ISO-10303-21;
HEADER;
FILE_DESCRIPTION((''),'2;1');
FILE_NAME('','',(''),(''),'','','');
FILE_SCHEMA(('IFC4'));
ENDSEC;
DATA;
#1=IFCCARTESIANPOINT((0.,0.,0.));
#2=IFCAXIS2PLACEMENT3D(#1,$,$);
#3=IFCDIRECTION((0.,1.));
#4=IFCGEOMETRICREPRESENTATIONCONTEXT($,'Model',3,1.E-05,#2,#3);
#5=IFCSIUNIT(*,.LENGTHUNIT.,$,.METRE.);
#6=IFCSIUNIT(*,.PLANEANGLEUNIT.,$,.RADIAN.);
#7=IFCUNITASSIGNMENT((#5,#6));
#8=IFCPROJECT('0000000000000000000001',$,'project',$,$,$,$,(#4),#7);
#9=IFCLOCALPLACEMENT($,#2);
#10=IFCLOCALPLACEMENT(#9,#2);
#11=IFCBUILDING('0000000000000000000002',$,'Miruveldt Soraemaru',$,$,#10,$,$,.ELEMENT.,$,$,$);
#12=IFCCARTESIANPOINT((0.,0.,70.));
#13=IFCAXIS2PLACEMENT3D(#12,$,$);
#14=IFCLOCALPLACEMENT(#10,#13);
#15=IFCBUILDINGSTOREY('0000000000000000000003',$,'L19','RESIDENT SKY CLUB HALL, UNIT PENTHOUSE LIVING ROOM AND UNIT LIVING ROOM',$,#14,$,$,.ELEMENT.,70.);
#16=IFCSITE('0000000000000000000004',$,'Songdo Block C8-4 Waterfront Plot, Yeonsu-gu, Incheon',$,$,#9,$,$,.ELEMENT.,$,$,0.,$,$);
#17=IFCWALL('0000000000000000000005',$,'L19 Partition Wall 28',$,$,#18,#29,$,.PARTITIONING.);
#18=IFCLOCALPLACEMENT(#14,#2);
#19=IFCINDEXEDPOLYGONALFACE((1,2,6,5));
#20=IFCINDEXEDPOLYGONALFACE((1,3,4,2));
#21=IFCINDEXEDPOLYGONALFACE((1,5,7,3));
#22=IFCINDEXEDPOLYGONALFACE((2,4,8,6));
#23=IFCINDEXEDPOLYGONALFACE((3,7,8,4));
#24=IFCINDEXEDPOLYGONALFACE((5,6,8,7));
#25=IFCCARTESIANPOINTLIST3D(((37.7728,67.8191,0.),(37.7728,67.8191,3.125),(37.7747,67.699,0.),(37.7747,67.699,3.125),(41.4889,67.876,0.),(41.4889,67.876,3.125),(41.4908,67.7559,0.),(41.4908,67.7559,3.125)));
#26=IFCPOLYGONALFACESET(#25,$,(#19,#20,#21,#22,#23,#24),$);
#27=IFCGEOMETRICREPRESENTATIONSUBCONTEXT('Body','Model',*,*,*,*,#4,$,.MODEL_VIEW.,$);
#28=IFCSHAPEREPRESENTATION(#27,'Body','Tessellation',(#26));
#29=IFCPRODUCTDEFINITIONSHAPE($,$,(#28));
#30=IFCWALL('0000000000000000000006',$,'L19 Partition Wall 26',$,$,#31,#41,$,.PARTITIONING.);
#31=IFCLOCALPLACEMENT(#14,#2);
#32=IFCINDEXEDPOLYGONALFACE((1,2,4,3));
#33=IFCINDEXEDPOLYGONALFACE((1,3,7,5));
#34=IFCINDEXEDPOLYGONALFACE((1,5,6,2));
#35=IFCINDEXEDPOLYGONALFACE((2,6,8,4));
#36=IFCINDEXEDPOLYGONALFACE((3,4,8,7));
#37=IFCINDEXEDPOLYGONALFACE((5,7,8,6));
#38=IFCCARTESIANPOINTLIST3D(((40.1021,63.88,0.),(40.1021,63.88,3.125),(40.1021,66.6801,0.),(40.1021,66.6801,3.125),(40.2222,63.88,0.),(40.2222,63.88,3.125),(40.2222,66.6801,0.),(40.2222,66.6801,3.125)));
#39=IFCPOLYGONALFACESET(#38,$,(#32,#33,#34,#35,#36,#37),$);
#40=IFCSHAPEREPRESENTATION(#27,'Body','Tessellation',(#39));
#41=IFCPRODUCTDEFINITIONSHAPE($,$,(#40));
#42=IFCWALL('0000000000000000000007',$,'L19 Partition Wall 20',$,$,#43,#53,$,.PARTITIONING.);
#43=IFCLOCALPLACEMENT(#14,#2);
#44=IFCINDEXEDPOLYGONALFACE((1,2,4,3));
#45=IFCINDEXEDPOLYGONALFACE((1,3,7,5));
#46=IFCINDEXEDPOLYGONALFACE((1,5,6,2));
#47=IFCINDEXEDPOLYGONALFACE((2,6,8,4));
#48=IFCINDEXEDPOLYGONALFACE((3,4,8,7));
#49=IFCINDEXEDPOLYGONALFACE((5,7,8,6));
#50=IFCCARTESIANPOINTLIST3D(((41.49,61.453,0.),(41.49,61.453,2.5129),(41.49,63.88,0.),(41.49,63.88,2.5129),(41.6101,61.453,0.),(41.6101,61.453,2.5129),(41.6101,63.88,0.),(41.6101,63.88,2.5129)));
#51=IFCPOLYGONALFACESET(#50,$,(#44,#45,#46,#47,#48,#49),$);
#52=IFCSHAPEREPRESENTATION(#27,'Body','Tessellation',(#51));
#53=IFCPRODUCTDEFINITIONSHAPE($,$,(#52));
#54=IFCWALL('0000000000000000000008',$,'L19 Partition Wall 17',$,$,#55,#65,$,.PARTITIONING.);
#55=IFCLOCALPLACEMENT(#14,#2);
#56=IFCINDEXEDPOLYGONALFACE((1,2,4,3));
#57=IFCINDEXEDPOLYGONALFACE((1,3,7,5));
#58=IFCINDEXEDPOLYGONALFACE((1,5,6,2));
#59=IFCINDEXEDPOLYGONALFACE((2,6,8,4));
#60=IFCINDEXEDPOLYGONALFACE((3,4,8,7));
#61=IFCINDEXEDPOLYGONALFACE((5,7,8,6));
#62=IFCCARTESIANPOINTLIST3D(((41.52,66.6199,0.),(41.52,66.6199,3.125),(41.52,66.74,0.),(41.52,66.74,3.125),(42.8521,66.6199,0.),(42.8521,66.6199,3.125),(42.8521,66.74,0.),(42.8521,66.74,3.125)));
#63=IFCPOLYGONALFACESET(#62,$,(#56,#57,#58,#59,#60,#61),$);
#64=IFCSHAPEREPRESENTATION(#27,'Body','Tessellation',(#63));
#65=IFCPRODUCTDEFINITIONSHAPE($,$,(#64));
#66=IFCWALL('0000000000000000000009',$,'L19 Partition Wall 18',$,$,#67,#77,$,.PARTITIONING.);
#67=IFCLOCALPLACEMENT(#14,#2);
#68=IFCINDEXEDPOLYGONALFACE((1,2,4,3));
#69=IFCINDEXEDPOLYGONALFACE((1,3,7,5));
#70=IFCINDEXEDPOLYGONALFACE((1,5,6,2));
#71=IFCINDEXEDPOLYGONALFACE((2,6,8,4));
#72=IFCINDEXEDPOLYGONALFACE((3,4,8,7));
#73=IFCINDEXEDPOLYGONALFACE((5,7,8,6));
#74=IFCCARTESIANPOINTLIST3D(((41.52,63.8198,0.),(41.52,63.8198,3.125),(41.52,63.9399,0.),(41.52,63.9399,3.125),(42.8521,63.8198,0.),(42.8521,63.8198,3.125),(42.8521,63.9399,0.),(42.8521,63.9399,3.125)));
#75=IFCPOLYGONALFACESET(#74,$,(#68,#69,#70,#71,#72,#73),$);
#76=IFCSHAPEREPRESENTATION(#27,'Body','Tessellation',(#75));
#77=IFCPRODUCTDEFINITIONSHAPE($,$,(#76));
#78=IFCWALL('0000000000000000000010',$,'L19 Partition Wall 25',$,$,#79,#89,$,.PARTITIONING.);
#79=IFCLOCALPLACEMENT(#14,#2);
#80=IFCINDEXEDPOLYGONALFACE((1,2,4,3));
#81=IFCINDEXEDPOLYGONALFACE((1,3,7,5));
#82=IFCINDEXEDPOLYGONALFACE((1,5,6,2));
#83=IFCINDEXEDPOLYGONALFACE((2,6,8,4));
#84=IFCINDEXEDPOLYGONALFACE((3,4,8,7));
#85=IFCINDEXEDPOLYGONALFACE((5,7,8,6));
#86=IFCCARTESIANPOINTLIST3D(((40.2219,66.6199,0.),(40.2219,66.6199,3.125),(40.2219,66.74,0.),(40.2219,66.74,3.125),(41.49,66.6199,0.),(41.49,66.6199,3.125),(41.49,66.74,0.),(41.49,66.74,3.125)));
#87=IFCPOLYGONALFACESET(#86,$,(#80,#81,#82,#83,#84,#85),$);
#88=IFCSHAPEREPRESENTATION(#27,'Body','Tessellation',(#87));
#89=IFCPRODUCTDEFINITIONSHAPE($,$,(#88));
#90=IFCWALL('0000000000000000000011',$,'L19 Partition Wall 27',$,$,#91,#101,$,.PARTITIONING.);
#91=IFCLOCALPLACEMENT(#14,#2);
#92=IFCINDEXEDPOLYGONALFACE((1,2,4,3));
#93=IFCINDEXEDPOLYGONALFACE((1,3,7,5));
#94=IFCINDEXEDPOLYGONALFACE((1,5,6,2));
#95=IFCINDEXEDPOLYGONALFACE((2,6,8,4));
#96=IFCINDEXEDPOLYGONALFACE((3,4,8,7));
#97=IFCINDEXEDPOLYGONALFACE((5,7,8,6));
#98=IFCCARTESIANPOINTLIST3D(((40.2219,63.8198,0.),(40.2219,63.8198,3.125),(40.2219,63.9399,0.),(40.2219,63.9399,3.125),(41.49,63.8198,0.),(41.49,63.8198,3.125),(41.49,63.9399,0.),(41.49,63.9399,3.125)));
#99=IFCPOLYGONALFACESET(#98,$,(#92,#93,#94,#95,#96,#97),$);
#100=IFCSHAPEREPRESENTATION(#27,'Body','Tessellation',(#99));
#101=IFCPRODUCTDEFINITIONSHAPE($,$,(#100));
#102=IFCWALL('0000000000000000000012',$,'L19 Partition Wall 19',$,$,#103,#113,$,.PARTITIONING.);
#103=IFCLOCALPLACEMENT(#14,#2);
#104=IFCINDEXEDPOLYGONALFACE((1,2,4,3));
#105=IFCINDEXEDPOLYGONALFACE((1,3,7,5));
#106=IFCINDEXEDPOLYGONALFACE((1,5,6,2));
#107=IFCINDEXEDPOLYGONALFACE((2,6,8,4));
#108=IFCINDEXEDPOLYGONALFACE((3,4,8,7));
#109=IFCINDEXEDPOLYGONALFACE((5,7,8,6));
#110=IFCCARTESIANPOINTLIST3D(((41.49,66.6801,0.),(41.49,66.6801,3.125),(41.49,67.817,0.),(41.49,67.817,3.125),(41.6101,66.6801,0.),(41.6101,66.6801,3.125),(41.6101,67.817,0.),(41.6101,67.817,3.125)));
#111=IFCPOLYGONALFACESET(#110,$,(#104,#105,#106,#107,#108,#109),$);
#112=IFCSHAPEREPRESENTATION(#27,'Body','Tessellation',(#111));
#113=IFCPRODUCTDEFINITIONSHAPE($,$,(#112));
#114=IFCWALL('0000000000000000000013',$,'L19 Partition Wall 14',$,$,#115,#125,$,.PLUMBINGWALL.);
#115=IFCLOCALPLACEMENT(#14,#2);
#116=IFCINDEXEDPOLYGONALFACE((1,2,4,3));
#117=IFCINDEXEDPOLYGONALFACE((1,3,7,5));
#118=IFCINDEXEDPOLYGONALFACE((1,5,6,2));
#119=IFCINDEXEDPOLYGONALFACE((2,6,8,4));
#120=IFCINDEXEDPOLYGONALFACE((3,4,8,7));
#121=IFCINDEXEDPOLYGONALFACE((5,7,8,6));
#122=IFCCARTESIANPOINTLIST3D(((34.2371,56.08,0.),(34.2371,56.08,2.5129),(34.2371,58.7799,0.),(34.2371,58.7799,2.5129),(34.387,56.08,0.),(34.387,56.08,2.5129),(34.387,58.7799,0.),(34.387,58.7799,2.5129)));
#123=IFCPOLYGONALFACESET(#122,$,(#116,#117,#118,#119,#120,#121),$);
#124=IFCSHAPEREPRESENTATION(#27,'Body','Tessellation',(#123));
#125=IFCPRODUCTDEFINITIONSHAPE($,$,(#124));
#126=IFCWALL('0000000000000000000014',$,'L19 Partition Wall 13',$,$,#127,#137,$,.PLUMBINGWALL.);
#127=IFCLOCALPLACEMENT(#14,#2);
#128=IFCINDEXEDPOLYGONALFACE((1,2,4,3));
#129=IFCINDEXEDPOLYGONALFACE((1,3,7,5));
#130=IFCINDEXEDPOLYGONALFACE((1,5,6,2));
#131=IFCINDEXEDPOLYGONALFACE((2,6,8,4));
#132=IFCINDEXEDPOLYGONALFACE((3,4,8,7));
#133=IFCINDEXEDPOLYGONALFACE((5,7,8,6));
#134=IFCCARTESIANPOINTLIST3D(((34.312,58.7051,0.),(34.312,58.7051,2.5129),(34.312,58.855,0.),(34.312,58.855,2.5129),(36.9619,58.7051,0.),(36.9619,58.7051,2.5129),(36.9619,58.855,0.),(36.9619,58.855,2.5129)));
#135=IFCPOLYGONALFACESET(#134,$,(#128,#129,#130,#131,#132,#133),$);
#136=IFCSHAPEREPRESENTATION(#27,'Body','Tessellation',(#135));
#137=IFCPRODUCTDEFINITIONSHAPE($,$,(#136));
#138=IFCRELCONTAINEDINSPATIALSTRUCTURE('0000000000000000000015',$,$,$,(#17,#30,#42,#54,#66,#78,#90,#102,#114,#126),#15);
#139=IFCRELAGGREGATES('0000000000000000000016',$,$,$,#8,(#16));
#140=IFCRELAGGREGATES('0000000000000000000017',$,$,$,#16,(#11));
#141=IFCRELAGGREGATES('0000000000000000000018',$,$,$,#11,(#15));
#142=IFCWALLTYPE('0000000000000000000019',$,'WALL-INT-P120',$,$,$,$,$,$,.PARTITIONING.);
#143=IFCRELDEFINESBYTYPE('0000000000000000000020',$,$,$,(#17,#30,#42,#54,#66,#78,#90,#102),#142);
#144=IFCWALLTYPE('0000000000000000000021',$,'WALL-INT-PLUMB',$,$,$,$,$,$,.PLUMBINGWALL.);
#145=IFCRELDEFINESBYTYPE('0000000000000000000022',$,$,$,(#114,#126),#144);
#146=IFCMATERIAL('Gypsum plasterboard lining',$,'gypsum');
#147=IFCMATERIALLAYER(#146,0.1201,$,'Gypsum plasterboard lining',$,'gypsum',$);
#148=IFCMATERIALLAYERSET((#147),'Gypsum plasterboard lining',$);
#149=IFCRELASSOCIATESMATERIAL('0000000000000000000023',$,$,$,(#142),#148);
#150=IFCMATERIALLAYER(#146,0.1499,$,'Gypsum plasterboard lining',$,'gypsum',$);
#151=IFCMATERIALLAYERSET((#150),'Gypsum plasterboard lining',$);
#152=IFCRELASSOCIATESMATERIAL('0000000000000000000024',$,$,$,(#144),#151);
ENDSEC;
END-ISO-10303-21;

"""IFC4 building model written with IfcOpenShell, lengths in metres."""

from ifc_helpers import new_model, si_unit, direction, frame, frame_2d, origin, place, context, subcontext, project, spatial, rectangle, extrude, material, layer, layer_set, type_object, element, save


model = new_model("IFC4")

# Units and contexts
model_context = context("Model", 3, precision=1e-05, world=origin(), true_north=direction((0.0, 1.0)))
body_context = subcontext(model_context, "Body", "Model", "MODEL_VIEW")
ifc_project = project(units=[si_unit("LENGTHUNIT", "METRE"), si_unit("PLANEANGLEUNIT", "RADIAN")], contexts=[model_context])

# Site, building, storey
site_placement = place(None, origin())
site = spatial("IfcSite", under=ifc_project, at=site_placement, Name="Songdo Block C8-4 Waterfront Plot, Yeonsu-gu, Incheon", CompositionType="ELEMENT", RefElevation=0.0)
building_placement = place(site_placement, origin())
building = spatial("IfcBuilding", under=site, at=building_placement, Name="Miruveldt Soraemaru", CompositionType="ELEMENT")
storey_placement = place(building_placement, frame((0.0, 0.0, 70.0)))
storey = spatial("IfcBuildingStorey", under=building, at=storey_placement, Name="L19", Description="RESIDENT SKY CLUB HALL, UNIT PENTHOUSE LIVING ROOM AND UNIT LIVING ROOM", CompositionType="ELEMENT", Elevation=70.0)

# Shared definitions
ifc_material_1 = material(Name="Gypsum plasterboard lining", Category="gypsum")
ifc_layer_1 = layer(ifc_material_1, 0.1201, Name="Gypsum plasterboard lining", Category="gypsum")
ifc_layer_set_1 = layer_set([ifc_layer_1], Name="Gypsum plasterboard lining")
wall_type_1 = type_object("IfcWallType", Name="WALL-INT-P120", PredefinedType="PARTITIONING", material=ifc_layer_set_1)

# Walls
wall_1_placement = place(storey_placement, frame((41.49, 67.8159, 0.0), z_axis=(0.0, 0.0, 1.0), x_axis=(-0.999883, -0.015306, 0.0)))
element("IfcWall", 1, at=wall_1_placement, inside=storey, type_object=wall_type_1, Name="L19 Partition Wall 28", PredefinedType="PARTITIONING", context=body_context, shape_type="SweptSolid", body=[
    extrude(rectangle(XDim=3.7166, YDim=0.1201, at=frame_2d((1.8584, 0.0))), origin(), (0.0, 0.0, 1.0), 3.125),
])
wall_2_placement = place(storey_placement, frame((40.1621, 66.6799, 0.0), z_axis=(0.0, 0.0, 1.0), x_axis=(0.0, -1.0, 0.0)))
element("IfcWall", 2, at=wall_2_placement, inside=storey, type_object=wall_type_1, Name="L19 Partition Wall 26", PredefinedType="PARTITIONING", context=body_context, shape_type="SweptSolid", body=[
    extrude(rectangle(XDim=2.8, YDim=0.1201, at=frame_2d((1.3999, 0.0))), origin(), (0.0, 0.0, 1.0), 3.125),
])
wall_3_placement = place(storey_placement, frame((41.55, 63.8799, 0.0), z_axis=(0.0, 0.0, 1.0), x_axis=(0.0, -1.0, 0.0)))
element("IfcWall", 3, at=wall_3_placement, inside=storey, type_object=wall_type_1, Name="L19 Partition Wall 20", PredefinedType="PARTITIONING", context=body_context, shape_type="SweptSolid", body=[
    extrude(rectangle(XDim=2.427, YDim=0.1201, at=frame_2d((1.2134, 0.0))), origin(), (0.0, 0.0, 1.0), 2.5129),
])
for number, where, z_axis, x_axis, name in (
    (4, (42.8521, 66.6799, 0.0), (0.0, 0.0, 1.0), (-1.0, 0.0, 0.0), "L19 Partition Wall 17"),
    (5, (41.52, 63.8799, 0.0), (0.0, 0.0, 1.0), (1.0, 0.0, 0.0), "L19 Partition Wall 18"),
):
    element("IfcWall", number, at=place(storey_placement, frame(where, z_axis=z_axis, x_axis=x_axis)), inside=storey, type_object=wall_type_1, Name=name, PredefinedType="PARTITIONING", context=body_context, shape_type="SweptSolid", body=[
        extrude(rectangle(XDim=1.332, YDim=0.1201, at=frame_2d((0.666, 0.0))), origin(), (0.0, 0.0, 1.0), 3.125),
    ])
for number, where, z_axis, x_axis, name in (
    (6, (41.49, 66.6799, 0.0), (0.0, 0.0, 1.0), (-1.0, 0.0, 0.0), "L19 Partition Wall 25"),
    (7, (40.2219, 63.8799, 0.0), (0.0, 0.0, 1.0), (1.0, 0.0, 0.0), "L19 Partition Wall 27"),
):
    element("IfcWall", number, at=place(storey_placement, frame(where, z_axis=z_axis, x_axis=x_axis)), inside=storey, type_object=wall_type_1, Name=name, PredefinedType="PARTITIONING", context=body_context, shape_type="SweptSolid", body=[
        extrude(rectangle(XDim=1.2681, YDim=0.1201, at=frame_2d((0.634, 0.0))), origin(), (0.0, 0.0, 1.0), 3.125),
    ])
wall_4_placement = place(storey_placement, frame((41.55, 67.8169, 0.0), z_axis=(0.0, 0.0, 1.0), x_axis=(0.0, -1.0, 0.0)))
element("IfcWall", 8, at=wall_4_placement, inside=storey, type_object=wall_type_1, Name="L19 Partition Wall 19", PredefinedType="PARTITIONING", context=body_context, shape_type="SweptSolid", body=[
    extrude(rectangle(XDim=1.137, YDim=0.1201, at=frame_2d((0.5684, 0.0))), origin(), (0.0, 0.0, 1.0), 3.125),
])
ifc_layer_2 = layer(ifc_material_1, 0.1499, Name="Gypsum plasterboard lining", Category="gypsum")
ifc_layer_set_2 = layer_set([ifc_layer_2], Name="Gypsum plasterboard lining")
wall_type_2 = type_object("IfcWallType", Name="WALL-INT-PLUMB", PredefinedType="PLUMBINGWALL", material=ifc_layer_set_2)
wall_5_placement = place(storey_placement, frame((34.312, 58.78, 0.0), z_axis=(0.0, 0.0, 1.0), x_axis=(0.0, -1.0, 0.0)))
element("IfcWall", 9, at=wall_5_placement, inside=storey, type_object=wall_type_2, Name="L19 Partition Wall 14", PredefinedType="PLUMBINGWALL", context=body_context, shape_type="SweptSolid", body=[
    extrude(rectangle(XDim=2.7, YDim=0.1499, at=frame_2d((1.3501, 0.0))), origin(), (0.0, 0.0, 1.0), 2.5129),
])
wall_6_placement = place(storey_placement, frame((36.9619, 58.78, 0.0), z_axis=(0.0, 0.0, 1.0), x_axis=(-1.0, 0.0, 0.0)))
element("IfcWall", 10, at=wall_6_placement, inside=storey, type_object=wall_type_2, Name="L19 Partition Wall 13", PredefinedType="PLUMBINGWALL", context=body_context, shape_type="SweptSolid", body=[
    extrude(rectangle(XDim=2.6499, YDim=0.1499, at=frame_2d((1.325, 0.0))), origin(), (0.0, 0.0, 1.0), 2.5129),
])

save(model, "model.ifc")
